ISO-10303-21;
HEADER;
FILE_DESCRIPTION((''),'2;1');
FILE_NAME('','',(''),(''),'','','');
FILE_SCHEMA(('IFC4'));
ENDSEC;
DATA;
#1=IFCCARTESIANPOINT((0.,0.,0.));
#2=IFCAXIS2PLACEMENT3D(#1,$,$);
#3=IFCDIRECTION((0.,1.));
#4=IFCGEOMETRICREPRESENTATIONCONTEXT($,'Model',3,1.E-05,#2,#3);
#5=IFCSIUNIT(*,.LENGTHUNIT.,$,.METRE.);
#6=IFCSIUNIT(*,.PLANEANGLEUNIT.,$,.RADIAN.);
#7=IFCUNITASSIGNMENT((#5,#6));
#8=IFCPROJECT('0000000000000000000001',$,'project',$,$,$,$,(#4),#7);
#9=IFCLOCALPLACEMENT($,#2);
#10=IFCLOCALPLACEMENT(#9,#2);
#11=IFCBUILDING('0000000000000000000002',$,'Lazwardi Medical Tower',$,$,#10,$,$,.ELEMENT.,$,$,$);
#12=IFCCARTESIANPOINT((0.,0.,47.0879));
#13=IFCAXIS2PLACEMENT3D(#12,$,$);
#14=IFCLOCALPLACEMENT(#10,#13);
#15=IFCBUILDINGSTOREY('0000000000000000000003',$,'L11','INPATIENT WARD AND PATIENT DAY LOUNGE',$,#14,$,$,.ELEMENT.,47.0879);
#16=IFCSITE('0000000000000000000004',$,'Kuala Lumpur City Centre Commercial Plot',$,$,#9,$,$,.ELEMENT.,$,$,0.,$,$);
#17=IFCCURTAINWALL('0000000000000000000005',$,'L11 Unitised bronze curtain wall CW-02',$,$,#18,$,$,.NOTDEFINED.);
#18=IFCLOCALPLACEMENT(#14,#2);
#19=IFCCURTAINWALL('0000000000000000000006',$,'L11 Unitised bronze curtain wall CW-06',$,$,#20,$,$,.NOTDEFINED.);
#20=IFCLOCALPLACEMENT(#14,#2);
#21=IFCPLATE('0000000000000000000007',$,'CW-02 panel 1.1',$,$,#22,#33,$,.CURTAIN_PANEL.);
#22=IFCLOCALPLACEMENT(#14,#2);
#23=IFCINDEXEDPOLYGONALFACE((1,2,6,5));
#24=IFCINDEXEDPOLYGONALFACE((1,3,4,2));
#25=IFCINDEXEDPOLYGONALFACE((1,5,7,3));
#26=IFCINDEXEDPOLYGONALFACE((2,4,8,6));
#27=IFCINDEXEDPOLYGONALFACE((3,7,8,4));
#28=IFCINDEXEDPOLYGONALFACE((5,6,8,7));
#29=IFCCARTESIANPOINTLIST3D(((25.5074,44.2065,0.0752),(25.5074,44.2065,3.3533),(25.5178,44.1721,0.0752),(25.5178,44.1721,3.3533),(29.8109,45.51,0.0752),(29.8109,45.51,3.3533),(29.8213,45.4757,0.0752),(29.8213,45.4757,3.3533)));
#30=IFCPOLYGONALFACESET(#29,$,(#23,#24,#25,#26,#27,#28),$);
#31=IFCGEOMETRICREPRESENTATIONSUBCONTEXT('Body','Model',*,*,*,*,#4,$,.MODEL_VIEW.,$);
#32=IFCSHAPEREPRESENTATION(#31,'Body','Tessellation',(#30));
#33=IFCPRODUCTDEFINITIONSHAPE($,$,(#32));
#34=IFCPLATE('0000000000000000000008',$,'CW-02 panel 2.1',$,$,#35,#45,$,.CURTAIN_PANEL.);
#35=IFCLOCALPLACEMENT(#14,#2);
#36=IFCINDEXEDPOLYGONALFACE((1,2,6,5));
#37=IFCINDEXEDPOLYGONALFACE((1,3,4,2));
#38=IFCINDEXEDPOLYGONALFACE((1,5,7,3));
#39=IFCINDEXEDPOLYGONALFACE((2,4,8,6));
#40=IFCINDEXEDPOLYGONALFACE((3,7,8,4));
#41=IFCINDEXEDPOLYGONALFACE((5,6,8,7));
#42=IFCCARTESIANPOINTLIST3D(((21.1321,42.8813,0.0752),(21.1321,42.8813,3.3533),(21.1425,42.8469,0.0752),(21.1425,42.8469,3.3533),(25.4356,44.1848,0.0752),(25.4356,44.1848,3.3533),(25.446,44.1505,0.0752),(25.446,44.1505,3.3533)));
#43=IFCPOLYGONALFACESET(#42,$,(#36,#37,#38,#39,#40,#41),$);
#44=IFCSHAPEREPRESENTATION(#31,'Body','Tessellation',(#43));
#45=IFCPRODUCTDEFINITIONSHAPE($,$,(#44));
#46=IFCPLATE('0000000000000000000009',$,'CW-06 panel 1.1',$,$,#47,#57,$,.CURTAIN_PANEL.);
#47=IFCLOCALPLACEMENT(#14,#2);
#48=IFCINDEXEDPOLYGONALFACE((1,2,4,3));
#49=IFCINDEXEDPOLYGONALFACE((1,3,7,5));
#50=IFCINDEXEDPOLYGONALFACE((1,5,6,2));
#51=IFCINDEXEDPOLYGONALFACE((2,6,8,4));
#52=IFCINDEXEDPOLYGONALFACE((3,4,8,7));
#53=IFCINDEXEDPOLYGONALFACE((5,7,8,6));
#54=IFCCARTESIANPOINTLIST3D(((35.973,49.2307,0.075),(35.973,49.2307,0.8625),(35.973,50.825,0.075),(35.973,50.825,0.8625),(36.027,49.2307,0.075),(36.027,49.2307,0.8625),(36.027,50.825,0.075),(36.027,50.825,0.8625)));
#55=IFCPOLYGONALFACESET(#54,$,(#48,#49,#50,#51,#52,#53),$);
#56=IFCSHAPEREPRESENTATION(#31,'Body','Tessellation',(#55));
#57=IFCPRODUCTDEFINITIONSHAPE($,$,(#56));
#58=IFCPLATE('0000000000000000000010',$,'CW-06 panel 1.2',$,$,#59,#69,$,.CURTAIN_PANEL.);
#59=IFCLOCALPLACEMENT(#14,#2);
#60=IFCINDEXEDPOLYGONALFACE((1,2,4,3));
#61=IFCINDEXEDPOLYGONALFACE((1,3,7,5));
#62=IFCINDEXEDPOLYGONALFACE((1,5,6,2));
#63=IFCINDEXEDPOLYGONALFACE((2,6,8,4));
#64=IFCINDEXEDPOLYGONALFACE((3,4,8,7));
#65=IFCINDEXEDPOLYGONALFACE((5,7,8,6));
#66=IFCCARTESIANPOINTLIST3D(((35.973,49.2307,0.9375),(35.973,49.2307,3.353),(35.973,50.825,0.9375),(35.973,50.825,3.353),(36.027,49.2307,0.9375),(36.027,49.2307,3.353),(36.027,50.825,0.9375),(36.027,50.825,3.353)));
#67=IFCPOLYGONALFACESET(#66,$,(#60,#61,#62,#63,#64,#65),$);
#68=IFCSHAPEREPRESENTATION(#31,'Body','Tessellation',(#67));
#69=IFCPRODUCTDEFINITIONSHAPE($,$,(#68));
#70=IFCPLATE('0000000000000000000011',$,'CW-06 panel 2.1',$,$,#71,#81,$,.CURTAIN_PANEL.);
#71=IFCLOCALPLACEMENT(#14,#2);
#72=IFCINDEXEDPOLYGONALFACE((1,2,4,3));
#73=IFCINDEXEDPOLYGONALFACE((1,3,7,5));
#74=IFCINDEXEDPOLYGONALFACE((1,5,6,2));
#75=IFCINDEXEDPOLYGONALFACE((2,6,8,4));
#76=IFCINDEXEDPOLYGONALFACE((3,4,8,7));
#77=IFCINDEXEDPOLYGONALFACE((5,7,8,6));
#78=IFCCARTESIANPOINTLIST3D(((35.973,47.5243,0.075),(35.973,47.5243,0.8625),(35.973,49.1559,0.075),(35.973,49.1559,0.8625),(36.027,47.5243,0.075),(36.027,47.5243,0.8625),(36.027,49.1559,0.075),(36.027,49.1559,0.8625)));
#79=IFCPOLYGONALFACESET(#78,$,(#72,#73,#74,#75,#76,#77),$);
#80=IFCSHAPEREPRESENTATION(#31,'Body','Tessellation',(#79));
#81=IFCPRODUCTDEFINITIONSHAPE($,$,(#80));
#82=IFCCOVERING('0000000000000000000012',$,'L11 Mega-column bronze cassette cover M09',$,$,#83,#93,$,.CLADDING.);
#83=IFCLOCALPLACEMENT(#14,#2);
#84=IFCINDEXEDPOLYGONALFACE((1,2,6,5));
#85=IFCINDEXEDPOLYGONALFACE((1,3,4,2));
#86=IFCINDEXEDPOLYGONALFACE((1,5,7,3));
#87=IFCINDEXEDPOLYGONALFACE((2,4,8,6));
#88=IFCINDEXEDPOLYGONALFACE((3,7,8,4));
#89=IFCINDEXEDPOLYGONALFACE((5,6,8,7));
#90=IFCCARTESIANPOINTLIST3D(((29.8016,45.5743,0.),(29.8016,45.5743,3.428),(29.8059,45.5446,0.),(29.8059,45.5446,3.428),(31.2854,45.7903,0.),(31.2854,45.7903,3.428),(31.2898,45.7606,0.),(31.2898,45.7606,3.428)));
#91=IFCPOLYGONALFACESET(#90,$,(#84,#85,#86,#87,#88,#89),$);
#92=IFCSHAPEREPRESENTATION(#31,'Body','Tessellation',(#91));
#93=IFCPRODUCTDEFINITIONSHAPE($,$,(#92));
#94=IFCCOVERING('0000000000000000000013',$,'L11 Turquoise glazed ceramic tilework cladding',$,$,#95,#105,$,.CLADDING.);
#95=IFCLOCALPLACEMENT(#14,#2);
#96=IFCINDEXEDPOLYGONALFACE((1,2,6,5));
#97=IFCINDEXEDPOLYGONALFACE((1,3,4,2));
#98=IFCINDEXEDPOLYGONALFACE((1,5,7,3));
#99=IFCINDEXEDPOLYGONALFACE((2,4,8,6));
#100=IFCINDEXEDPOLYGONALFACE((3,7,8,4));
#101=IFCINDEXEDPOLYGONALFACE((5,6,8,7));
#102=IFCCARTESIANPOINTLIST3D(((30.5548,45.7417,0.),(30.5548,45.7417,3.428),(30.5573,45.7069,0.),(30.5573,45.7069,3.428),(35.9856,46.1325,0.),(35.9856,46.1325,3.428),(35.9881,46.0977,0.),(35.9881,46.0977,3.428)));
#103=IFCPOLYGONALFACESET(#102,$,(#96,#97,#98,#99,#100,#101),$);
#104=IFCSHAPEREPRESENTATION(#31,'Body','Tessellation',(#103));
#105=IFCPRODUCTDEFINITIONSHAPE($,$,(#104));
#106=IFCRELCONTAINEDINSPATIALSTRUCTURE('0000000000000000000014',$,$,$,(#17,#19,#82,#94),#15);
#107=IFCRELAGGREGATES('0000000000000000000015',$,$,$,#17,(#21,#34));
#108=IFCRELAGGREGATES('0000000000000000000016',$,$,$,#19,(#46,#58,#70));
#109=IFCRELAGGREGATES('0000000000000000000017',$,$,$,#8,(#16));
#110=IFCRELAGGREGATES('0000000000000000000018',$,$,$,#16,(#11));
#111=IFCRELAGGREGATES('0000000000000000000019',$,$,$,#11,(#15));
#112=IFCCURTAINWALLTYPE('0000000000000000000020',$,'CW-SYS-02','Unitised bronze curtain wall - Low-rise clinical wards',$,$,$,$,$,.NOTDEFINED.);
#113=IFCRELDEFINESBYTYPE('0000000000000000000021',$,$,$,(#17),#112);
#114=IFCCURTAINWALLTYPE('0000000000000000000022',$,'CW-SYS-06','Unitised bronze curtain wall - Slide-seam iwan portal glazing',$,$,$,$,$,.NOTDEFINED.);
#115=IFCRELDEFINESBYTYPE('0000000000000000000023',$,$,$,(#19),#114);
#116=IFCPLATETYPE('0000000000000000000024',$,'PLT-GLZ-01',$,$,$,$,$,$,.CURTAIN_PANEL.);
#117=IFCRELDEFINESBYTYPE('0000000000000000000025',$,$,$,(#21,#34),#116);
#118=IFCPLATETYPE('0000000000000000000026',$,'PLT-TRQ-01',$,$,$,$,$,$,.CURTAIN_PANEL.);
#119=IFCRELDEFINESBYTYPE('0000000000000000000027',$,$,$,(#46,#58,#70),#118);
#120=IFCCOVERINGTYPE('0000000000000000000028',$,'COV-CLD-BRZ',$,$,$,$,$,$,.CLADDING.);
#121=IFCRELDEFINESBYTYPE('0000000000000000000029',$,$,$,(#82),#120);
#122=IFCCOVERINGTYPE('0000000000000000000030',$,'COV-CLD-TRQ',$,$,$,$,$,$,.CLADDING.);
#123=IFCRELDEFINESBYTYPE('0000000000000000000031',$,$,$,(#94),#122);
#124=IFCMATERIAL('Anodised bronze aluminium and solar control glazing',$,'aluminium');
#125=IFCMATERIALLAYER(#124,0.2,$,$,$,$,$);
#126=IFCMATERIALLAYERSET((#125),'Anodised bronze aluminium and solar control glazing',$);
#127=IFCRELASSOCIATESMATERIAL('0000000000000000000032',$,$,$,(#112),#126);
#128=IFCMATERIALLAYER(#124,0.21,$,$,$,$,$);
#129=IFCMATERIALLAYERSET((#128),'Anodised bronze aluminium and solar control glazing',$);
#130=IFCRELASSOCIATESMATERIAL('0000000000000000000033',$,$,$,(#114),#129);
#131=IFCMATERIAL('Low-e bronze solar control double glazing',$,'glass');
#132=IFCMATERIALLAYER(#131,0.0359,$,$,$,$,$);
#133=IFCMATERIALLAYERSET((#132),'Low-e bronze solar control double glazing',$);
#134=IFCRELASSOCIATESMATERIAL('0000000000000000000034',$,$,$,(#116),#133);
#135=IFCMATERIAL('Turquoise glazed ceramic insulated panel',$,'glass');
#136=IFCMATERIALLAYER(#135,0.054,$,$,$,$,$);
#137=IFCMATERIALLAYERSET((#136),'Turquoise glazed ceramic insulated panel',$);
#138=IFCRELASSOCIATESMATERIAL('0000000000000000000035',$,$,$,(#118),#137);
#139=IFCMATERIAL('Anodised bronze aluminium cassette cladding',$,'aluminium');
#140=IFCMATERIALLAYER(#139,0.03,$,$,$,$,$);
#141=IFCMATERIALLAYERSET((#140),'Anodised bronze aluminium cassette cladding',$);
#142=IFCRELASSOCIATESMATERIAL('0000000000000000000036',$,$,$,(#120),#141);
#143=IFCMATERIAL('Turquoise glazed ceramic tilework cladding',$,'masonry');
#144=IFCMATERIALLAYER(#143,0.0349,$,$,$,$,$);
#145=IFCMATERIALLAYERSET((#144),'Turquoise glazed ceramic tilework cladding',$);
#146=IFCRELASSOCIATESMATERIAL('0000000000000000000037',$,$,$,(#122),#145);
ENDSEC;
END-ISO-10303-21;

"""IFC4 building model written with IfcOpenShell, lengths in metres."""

from ifc_helpers import new_model, si_unit, direction, frame, origin, origin_2d, place, context, subcontext, project, spatial, rectangle, extrude, material, layer, layer_set, type_object, element, aggregate, save


model = new_model("IFC4")

# Units and contexts
model_context = context("Model", 3, precision=1e-05, world=origin(), true_north=direction((0.0, 1.0)))
body_context = subcontext(model_context, "Body", "Model", "MODEL_VIEW")
ifc_project = project(units=[si_unit("LENGTHUNIT", "METRE"), si_unit("PLANEANGLEUNIT", "RADIAN")], contexts=[model_context])

# Site, building, storey
site_placement = place(None, origin())
site = spatial("IfcSite", under=ifc_project, at=site_placement, Name="Kuala Lumpur City Centre Commercial Plot", CompositionType="ELEMENT", RefElevation=0.0)
building_placement = place(site_placement, origin())
building = spatial("IfcBuilding", under=site, at=building_placement, Name="Lazwardi Medical Tower", CompositionType="ELEMENT")
storey_placement = place(building_placement, frame((0.0, 0.0, 47.0879)))
storey = spatial("IfcBuildingStorey", under=building, at=storey_placement, Name="L11", Description="INPATIENT WARD AND PATIENT DAY LOUNGE", CompositionType="ELEMENT", Elevation=47.0879)

# Curtain walls
ifc_material_1 = material(Name="Anodised bronze aluminium and solar control glazing", Category="aluminium")
ifc_layer_1 = layer(ifc_material_1, 0.2)
ifc_layer_set_1 = layer_set([ifc_layer_1], Name="Anodised bronze aluminium and solar control glazing")
curtain_wall_type_1 = type_object("IfcCurtainWallType", Name="CW-SYS-02", Description="Unitised bronze curtain wall - Low-rise clinical wards", PredefinedType="NOTDEFINED", material=ifc_layer_set_1)
curtain_wall_1_placement = place(storey_placement, origin())
curtain_wall_1 = element("IfcCurtainWall", 1, at=curtain_wall_1_placement, inside=storey, type_object=curtain_wall_type_1, Name="L11 Unitised bronze curtain wall CW-02", PredefinedType="NOTDEFINED")
ifc_layer_2 = layer(ifc_material_1, 0.21)
ifc_layer_set_2 = layer_set([ifc_layer_2], Name="Anodised bronze aluminium and solar control glazing")
curtain_wall_type_2 = type_object("IfcCurtainWallType", Name="CW-SYS-06", Description="Unitised bronze curtain wall - Slide-seam iwan portal glazing", PredefinedType="NOTDEFINED", material=ifc_layer_set_2)
curtain_wall_2_placement = place(storey_placement, origin())
curtain_wall_2 = element("IfcCurtainWall", 2, at=curtain_wall_2_placement, inside=storey, type_object=curtain_wall_type_2, Name="L11 Unitised bronze curtain wall CW-06", PredefinedType="NOTDEFINED")

# Plates
ifc_material_2 = material(Name="Low-e bronze solar control double glazing", Category="glass")
ifc_layer_3 = layer(ifc_material_2, 0.0359)
ifc_layer_set_3 = layer_set([ifc_layer_3], Name="Low-e bronze solar control double glazing")
plate_type_1 = type_object("IfcPlateType", Name="PLT-GLZ-01", PredefinedType="CURTAIN_PANEL", material=ifc_layer_set_3)
plate_1_placement = place(storey_placement, frame((27.6643, 44.8411, 0.0752), z_axis=(0.0, 0.0, 1.0), x_axis=(-0.957058, -0.289896, 0.0)))
plate_1 = element("IfcPlate", 3, at=plate_1_placement, type_object=plate_type_1, Name="CW-02 panel 1.1", PredefinedType="CURTAIN_PANEL", context=body_context, shape_type="SweptSolid", body=[
    extrude(rectangle(XDim=4.4966, YDim=0.0359, at=origin_2d()), origin(), (0.0, 0.0, 1.0), 3.2781),
])
plate_2_placement = place(storey_placement, frame((23.2891, 43.5159, 0.0752), z_axis=(0.0, 0.0, 1.0), x_axis=(-0.957058, -0.289896, 0.0)))
plate_2 = element("IfcPlate", 4, at=plate_2_placement, type_object=plate_type_1, Name="CW-02 panel 2.1", PredefinedType="CURTAIN_PANEL", context=body_context, shape_type="SweptSolid", body=[
    extrude(rectangle(XDim=4.4966, YDim=0.0359, at=origin_2d()), origin(), (0.0, 0.0, 1.0), 3.2781),
])
aggregate(curtain_wall_1, [plate_1, plate_2])
ifc_material_3 = material(Name="Turquoise glazed ceramic insulated panel", Category="glass")
ifc_layer_4 = layer(ifc_material_3, 0.054)
ifc_layer_set_4 = layer_set([ifc_layer_4], Name="Turquoise glazed ceramic insulated panel")
plate_type_2 = type_object("IfcPlateType", Name="PLT-TRQ-01", PredefinedType="CURTAIN_PANEL", material=ifc_layer_set_4)
plate_3_placement = place(storey_placement, frame((36.0, 50.0278, 0.075), z_axis=(0.0, 0.0, 1.0), x_axis=(0.0, -1.0, 0.0)))
plate_3 = element("IfcPlate", 5, at=plate_3_placement, type_object=plate_type_2, Name="CW-06 panel 1.1", PredefinedType="CURTAIN_PANEL", context=body_context, shape_type="SweptSolid", body=[
    extrude(rectangle(XDim=1.5942, YDim=0.054, at=origin_2d()), origin(), (0.0, 0.0, 1.0), 0.7876),
])
plate_4_placement = place(storey_placement, frame((36.0, 50.0278, 0.9375), z_axis=(0.0, 0.0, 1.0), x_axis=(0.0, -1.0, 0.0)))
plate_4 = element("IfcPlate", 6, at=plate_4_placement, type_object=plate_type_2, Name="CW-06 panel 1.2", PredefinedType="CURTAIN_PANEL", context=body_context, shape_type="SweptSolid", body=[
    extrude(rectangle(XDim=1.5942, YDim=0.054, at=origin_2d()), origin(), (0.0, 0.0, 1.0), 2.4155),
])
plate_5_placement = place(storey_placement, frame((36.0, 48.3401, 0.075), z_axis=(0.0, 0.0, 1.0), x_axis=(0.0, -1.0, 0.0)))
plate_5 = element("IfcPlate", 7, at=plate_5_placement, type_object=plate_type_2, Name="CW-06 panel 2.1", PredefinedType="CURTAIN_PANEL", context=body_context, shape_type="SweptSolid", body=[
    extrude(rectangle(XDim=1.6316, YDim=0.054, at=origin_2d()), origin(), (0.0, 0.0, 1.0), 0.7876),
])
aggregate(curtain_wall_2, [plate_3, plate_4, plate_5])

# Coverings
ifc_material_4 = material(Name="Anodised bronze aluminium cassette cladding", Category="aluminium")
ifc_layer_5 = layer(ifc_material_4, 0.03)
ifc_layer_set_5 = layer_set([ifc_layer_5], Name="Anodised bronze aluminium cassette cladding")
covering_type_1 = type_object("IfcCoveringType", Name="COV-CLD-BRZ", PredefinedType="CLADDING", material=ifc_layer_set_5)
covering_1_placement = place(storey_placement, frame((30.5457, 45.6675, 0.0), z_axis=(0.0, 0.0, 1.0), x_axis=(-0.989573, -0.144035, 0.0)))
element("IfcCovering", 8, at=covering_1_placement, inside=storey, type_object=covering_type_1, Name="L11 Mega-column bronze cassette cover M09", PredefinedType="CLADDING", context=body_context, shape_type="SweptSolid", body=[
    extrude(rectangle(XDim=1.4995, YDim=0.03, at=origin_2d()), origin(), (0.0, 0.0, 1.0), 3.428),
])
ifc_material_5 = material(Name="Turquoise glazed ceramic tilework cladding", Category="masonry")
ifc_layer_6 = layer(ifc_material_5, 0.0349)
ifc_layer_set_6 = layer_set([ifc_layer_6], Name="Turquoise glazed ceramic tilework cladding")
covering_type_2 = type_object("IfcCoveringType", Name="COV-CLD-TRQ", PredefinedType="CLADDING", material=ifc_layer_set_6)
covering_2_placement = place(storey_placement, frame((33.2715, 45.9197, 0.0), z_axis=(0.0, 0.0, 1.0), x_axis=(-0.997421, -0.071774, 0.0)))
element("IfcCovering", 9, at=covering_2_placement, inside=storey, type_object=covering_type_2, Name="L11 Turquoise glazed ceramic tilework cladding", PredefinedType="CLADDING", context=body_context, shape_type="SweptSolid", body=[
    extrude(rectangle(XDim=5.4448, YDim=0.0349, at=origin_2d()), origin(), (0.0, 0.0, 1.0), 3.428),
])

save(model, "model.ifc")
